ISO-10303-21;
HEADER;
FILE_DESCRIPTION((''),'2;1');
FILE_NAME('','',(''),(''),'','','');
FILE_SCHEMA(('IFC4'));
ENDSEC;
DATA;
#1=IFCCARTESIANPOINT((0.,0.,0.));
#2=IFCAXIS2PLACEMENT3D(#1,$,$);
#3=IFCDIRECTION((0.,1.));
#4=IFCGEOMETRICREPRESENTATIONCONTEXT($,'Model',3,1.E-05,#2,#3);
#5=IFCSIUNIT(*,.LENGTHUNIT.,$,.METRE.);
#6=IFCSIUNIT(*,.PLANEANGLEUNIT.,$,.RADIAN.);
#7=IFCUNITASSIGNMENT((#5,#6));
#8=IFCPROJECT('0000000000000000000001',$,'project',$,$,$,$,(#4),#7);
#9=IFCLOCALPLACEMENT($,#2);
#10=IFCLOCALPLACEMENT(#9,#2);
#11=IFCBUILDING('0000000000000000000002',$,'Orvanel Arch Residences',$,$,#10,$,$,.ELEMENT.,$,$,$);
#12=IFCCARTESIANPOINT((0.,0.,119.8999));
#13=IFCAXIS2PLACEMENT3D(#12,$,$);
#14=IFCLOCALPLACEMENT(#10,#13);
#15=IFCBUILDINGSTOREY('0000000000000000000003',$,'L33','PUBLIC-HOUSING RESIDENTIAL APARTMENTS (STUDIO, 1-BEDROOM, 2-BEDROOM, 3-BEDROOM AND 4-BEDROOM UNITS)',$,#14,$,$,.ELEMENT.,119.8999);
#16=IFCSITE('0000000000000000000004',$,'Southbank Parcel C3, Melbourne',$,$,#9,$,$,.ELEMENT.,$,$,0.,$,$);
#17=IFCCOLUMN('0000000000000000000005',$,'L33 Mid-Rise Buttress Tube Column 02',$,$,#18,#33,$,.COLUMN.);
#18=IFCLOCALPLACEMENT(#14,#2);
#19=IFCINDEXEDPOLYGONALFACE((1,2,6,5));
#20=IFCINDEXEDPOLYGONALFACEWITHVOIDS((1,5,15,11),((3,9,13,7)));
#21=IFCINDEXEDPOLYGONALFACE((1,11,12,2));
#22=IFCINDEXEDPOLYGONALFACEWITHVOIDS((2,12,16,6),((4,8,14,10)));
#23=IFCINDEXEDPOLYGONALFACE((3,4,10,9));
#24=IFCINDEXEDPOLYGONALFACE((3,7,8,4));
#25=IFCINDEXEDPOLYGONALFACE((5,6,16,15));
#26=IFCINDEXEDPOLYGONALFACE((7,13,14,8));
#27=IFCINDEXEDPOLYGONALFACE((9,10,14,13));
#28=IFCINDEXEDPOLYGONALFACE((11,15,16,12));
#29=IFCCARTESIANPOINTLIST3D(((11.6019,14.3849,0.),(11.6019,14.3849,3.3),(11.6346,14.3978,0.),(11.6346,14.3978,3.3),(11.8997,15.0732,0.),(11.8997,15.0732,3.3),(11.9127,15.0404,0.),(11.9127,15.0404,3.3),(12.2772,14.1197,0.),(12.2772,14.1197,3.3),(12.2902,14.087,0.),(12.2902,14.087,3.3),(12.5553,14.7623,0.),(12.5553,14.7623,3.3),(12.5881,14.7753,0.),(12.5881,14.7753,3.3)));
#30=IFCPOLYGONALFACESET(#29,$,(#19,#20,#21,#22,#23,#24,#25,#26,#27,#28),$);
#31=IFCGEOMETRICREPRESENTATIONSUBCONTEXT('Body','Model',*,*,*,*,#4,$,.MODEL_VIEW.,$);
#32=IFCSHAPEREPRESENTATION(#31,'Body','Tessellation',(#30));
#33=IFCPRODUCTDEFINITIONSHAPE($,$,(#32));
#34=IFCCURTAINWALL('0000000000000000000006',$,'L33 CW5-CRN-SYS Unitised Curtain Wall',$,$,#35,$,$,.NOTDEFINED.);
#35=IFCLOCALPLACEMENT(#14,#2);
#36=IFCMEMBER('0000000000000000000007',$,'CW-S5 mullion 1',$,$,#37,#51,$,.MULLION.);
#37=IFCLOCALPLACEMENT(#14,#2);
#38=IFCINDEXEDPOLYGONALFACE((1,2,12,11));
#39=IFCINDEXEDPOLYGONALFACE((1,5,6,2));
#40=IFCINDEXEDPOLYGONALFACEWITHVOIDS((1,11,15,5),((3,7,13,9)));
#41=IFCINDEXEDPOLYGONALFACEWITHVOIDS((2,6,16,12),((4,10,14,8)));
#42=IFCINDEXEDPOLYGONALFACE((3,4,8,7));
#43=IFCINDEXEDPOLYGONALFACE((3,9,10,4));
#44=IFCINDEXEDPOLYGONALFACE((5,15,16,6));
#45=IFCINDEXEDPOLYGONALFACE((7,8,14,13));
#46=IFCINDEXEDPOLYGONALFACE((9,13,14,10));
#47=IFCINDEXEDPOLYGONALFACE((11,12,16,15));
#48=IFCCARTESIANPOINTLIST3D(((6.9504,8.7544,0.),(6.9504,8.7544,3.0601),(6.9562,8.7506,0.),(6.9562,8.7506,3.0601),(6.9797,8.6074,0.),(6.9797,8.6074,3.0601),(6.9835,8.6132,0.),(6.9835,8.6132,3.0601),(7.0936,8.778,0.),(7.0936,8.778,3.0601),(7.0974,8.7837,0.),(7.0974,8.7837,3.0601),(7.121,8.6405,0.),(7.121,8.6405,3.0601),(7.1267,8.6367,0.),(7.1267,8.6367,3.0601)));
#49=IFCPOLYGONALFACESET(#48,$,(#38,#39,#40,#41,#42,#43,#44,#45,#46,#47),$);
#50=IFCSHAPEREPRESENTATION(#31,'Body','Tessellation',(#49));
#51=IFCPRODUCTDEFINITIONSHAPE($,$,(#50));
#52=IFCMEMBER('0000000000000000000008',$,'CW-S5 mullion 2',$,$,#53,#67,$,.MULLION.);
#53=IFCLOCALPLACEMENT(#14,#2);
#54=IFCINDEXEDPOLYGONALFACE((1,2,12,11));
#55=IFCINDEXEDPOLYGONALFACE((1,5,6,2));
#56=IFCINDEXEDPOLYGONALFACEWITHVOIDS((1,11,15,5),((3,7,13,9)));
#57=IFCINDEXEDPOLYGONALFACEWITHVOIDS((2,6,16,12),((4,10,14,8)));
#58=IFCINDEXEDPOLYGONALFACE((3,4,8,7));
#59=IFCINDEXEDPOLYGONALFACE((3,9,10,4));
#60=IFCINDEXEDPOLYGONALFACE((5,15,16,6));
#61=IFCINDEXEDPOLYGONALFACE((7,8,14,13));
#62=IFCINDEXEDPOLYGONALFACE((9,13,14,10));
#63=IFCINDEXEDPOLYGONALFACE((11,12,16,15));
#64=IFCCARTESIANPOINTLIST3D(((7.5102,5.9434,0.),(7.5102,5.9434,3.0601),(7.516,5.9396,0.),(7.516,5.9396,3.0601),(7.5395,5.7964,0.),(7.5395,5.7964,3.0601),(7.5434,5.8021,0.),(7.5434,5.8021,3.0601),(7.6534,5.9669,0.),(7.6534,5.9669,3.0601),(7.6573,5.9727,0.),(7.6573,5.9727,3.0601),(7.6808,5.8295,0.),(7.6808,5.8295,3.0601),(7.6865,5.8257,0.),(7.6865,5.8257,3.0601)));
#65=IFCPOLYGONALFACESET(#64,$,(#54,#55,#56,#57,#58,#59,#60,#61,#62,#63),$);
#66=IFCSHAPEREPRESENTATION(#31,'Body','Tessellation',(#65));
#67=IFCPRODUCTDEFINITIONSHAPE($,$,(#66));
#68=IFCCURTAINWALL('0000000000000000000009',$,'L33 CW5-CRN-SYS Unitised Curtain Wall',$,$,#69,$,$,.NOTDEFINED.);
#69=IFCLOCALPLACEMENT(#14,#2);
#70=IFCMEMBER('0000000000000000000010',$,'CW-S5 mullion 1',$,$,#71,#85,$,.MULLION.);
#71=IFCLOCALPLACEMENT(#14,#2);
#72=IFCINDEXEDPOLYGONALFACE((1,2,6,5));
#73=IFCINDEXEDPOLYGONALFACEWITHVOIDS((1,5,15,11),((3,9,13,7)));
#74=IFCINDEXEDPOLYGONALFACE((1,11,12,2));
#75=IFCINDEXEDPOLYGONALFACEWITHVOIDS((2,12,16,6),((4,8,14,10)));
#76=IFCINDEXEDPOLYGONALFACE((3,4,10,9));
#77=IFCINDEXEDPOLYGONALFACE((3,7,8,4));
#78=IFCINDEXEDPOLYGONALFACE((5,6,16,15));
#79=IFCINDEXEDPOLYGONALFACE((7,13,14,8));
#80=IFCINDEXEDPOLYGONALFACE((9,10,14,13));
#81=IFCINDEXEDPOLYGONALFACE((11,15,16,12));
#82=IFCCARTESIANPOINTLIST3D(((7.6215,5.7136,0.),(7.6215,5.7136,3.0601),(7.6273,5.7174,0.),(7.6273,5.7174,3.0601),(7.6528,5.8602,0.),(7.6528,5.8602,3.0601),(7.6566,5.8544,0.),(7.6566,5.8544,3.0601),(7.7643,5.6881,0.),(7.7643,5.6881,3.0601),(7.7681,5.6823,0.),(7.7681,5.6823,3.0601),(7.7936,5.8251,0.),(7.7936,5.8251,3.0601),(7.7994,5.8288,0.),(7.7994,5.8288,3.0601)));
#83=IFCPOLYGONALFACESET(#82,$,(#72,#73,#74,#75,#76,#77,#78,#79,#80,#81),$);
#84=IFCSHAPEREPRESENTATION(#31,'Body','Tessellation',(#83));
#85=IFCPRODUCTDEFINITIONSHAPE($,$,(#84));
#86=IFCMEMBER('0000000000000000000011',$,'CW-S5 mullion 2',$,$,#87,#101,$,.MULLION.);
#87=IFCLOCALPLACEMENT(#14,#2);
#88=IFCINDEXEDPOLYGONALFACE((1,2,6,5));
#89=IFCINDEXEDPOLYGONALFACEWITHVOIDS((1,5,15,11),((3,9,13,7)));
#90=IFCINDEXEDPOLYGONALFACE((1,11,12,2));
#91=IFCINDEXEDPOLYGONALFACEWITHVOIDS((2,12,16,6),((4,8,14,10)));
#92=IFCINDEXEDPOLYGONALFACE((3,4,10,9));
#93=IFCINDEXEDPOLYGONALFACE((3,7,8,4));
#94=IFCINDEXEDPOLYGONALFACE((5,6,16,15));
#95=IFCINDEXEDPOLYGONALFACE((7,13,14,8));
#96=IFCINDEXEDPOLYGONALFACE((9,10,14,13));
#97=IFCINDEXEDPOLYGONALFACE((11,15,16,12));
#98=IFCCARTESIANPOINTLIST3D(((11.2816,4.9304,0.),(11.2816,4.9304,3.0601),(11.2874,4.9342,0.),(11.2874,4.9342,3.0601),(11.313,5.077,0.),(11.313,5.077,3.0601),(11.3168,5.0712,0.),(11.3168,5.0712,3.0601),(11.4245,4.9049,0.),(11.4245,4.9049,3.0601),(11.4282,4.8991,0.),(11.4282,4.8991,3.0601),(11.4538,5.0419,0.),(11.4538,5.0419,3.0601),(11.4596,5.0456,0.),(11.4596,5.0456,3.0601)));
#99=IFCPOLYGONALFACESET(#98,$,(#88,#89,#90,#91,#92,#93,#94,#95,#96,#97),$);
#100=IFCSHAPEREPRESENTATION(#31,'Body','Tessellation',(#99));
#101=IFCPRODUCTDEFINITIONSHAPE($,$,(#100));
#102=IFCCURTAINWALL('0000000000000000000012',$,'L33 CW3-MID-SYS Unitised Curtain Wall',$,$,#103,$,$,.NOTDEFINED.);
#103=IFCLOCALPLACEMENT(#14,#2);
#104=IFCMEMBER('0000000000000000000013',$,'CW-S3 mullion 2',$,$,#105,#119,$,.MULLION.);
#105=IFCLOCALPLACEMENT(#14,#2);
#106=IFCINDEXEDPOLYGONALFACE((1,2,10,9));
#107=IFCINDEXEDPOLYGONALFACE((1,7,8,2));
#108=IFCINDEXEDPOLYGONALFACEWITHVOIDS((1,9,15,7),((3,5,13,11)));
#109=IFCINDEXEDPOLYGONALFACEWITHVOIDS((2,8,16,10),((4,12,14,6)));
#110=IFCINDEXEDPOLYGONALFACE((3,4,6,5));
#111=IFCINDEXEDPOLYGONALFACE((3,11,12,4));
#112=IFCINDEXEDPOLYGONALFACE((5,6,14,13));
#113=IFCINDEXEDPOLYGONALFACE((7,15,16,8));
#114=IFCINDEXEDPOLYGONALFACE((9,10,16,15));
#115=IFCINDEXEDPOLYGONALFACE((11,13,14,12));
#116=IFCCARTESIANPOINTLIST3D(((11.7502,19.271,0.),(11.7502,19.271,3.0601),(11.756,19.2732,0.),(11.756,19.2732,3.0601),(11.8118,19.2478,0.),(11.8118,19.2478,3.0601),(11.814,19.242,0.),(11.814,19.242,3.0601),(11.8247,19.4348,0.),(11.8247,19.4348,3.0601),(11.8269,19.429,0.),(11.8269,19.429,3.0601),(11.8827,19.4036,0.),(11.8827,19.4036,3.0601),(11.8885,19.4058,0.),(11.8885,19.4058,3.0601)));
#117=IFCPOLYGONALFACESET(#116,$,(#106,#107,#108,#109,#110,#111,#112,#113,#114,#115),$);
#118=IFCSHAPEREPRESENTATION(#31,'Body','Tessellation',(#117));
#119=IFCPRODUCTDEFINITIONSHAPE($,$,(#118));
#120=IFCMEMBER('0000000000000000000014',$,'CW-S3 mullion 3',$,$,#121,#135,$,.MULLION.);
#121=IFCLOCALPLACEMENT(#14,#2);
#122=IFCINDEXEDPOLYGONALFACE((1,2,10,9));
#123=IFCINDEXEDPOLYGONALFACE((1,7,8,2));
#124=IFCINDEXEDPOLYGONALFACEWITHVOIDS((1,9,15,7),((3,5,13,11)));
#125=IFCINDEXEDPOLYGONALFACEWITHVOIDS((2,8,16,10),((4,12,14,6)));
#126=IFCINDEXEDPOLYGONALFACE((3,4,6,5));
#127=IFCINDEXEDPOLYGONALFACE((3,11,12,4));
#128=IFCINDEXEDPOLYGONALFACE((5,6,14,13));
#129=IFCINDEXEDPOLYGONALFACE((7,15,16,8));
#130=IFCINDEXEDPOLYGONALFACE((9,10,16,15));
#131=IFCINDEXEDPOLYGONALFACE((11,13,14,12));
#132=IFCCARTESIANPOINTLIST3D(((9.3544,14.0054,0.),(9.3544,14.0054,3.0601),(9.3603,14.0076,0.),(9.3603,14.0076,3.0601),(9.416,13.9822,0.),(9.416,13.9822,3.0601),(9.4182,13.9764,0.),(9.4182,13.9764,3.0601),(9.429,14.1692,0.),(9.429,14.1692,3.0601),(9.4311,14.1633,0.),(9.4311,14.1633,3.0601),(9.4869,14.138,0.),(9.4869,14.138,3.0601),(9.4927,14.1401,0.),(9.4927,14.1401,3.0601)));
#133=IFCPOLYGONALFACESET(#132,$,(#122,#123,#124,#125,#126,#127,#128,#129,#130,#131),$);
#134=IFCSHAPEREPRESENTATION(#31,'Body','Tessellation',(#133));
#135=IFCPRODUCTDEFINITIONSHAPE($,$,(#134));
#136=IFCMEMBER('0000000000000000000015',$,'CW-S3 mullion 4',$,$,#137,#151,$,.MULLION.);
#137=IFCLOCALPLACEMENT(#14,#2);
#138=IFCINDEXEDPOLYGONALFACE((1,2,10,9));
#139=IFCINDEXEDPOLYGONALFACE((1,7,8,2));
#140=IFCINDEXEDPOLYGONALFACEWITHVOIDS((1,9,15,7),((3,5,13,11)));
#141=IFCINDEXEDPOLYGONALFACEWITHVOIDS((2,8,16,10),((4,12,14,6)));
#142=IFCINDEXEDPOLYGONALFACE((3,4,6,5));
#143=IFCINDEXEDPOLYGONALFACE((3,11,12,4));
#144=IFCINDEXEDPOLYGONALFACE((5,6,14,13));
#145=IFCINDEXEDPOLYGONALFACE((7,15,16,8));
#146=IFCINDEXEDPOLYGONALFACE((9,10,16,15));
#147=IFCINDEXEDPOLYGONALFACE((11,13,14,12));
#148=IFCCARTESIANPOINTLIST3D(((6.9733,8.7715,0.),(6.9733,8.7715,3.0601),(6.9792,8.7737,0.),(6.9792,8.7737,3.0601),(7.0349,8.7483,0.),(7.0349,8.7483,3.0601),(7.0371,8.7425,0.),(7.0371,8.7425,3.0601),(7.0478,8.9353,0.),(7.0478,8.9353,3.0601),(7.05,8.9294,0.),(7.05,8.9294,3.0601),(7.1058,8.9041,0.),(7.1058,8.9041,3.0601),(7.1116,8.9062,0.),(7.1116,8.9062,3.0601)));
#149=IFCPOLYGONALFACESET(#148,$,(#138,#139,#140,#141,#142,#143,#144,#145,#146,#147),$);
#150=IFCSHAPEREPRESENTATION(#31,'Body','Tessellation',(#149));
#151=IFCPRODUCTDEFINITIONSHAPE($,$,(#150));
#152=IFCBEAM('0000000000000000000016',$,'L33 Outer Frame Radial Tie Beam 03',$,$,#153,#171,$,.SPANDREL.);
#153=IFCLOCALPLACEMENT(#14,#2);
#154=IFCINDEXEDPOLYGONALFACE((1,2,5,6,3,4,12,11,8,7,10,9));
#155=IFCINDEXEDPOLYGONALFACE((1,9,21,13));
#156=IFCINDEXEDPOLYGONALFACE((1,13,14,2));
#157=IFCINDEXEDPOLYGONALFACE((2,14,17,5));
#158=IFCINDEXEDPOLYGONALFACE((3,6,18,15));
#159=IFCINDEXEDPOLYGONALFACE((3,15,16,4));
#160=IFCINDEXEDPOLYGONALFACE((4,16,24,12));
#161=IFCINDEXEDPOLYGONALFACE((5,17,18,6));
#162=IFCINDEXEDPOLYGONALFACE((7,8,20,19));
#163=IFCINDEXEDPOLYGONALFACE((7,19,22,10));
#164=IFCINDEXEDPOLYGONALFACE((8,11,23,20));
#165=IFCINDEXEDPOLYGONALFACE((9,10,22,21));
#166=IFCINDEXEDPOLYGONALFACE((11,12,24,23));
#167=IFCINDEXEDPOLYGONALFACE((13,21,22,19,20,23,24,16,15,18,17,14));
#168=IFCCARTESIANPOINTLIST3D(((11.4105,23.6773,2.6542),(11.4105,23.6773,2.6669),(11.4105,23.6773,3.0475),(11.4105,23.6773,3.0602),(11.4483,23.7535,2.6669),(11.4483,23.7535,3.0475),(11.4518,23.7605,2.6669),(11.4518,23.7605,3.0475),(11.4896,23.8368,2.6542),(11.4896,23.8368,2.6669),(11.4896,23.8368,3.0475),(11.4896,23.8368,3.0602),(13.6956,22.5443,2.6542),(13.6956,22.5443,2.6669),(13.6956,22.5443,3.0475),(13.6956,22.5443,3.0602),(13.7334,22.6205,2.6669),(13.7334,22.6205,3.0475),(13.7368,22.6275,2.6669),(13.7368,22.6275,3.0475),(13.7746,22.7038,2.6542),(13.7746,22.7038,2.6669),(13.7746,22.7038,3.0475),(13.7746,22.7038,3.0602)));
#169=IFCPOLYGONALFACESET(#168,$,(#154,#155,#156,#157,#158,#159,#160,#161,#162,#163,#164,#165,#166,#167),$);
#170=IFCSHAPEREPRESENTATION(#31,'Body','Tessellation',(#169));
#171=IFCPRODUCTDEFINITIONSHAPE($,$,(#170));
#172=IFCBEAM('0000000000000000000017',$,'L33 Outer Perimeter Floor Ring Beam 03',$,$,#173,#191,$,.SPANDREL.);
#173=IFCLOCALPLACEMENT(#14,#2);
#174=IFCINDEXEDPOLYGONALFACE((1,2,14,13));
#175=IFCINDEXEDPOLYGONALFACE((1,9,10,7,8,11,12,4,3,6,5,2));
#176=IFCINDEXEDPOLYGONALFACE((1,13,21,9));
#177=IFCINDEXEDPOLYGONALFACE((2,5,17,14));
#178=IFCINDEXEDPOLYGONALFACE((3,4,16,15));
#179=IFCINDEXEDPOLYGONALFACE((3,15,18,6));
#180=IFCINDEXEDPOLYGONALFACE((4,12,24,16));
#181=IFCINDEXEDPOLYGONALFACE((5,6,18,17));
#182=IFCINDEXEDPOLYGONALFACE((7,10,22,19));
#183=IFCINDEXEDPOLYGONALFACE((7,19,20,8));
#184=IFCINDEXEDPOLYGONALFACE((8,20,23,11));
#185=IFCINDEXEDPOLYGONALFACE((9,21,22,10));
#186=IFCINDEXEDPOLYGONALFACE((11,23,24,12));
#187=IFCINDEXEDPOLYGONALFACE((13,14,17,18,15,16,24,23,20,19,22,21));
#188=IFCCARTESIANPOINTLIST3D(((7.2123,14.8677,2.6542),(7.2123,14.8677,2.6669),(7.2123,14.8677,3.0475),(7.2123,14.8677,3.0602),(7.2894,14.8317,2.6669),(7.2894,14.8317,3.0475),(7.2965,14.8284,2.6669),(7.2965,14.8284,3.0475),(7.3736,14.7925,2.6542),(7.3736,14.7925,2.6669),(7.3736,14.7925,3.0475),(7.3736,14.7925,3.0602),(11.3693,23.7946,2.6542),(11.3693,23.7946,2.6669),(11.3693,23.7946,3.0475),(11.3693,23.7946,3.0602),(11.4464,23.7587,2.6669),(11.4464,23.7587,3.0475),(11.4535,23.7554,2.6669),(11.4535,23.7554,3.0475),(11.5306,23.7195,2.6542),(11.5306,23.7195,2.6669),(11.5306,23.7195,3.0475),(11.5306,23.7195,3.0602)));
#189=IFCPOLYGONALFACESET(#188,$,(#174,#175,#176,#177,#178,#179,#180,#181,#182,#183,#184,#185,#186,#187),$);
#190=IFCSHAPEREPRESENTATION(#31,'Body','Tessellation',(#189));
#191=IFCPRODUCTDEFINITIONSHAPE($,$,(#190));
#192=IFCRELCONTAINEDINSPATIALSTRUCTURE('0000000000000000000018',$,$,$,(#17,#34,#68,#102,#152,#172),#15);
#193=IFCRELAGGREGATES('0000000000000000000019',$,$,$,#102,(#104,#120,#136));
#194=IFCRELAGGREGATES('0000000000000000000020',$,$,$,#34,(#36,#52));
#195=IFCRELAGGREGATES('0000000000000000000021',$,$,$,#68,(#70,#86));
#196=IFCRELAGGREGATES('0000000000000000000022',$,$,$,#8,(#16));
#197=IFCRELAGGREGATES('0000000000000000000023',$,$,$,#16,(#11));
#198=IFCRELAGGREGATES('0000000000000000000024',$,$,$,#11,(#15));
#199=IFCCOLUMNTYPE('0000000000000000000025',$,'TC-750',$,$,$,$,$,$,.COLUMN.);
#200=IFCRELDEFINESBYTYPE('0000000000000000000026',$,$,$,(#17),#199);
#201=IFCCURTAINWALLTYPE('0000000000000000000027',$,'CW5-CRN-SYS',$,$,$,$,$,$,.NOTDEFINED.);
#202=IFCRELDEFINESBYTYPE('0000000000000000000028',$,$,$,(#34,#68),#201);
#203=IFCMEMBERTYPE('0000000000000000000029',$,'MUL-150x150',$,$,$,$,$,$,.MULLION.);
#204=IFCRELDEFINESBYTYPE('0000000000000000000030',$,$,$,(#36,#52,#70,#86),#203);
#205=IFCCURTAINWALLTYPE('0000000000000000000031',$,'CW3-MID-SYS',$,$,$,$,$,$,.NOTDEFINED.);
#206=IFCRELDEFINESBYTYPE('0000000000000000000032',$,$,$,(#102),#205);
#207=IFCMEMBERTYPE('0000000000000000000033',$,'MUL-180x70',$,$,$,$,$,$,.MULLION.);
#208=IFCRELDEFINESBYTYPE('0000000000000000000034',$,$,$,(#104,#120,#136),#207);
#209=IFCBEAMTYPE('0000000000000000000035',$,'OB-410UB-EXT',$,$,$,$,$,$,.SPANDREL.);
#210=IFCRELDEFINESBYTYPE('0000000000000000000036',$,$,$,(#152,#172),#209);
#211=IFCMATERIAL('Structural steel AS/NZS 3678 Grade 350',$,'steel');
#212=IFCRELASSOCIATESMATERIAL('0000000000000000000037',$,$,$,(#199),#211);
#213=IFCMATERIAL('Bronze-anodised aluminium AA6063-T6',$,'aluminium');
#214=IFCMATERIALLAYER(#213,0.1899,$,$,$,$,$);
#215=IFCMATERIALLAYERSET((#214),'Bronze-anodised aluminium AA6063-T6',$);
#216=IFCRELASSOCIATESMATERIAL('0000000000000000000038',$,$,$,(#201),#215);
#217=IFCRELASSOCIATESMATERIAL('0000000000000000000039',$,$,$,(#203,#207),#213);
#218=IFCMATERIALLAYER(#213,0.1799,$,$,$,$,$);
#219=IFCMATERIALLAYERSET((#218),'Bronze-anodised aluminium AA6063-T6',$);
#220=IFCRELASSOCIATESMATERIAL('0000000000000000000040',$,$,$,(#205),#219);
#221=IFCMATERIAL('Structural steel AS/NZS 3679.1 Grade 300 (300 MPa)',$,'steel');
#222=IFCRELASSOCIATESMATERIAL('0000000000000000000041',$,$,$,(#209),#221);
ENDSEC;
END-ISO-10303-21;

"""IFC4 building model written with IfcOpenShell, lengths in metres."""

from ifc_helpers import new_model, si_unit, direction, frame, origin, origin_2d, place, context, subcontext, project, spatial, hollow_rectangle, i_section, extrude, material, layer, layer_set, material_profile, profile_set, type_object, element, aggregate, save


model = new_model("IFC4")

# Units and contexts
model_context = context("Model", 3, precision=1e-05, world=origin(), true_north=direction((0.0, 1.0)))
body_context = subcontext(model_context, "Body", "Model", "MODEL_VIEW")
ifc_project = project(units=[si_unit("LENGTHUNIT", "METRE"), si_unit("PLANEANGLEUNIT", "RADIAN")], contexts=[model_context])

# Site, building, storey
site_placement = place(None, origin())
site = spatial("IfcSite", under=ifc_project, at=site_placement, Name="Southbank Parcel C3, Melbourne", CompositionType="ELEMENT", RefElevation=0.0)
building_placement = place(site_placement, origin())
building = spatial("IfcBuilding", under=site, at=building_placement, Name="Orvanel Arch Residences", CompositionType="ELEMENT")
storey_placement = place(building_placement, frame((0.0, 0.0, 119.8999)))
storey = spatial("IfcBuildingStorey", under=building, at=storey_placement, Name="L33", Description="PUBLIC-HOUSING RESIDENTIAL APARTMENTS (STUDIO, 1-BEDROOM, 2-BEDROOM, 3-BEDROOM AND 4-BEDROOM UNITS)", CompositionType="ELEMENT", Elevation=119.8999)

# Column
ifc_material_1 = material(Name="Structural steel AS/NZS 3678 Grade 350", Category="steel")
ifc_material_profile_1 = material_profile(ifc_material_1, hollow_rectangle(XDim=0.75, YDim=0.75, WallThickness=0.0249, at=origin_2d()), Name="BOX750x750x25")
ifc_profile_set_1 = profile_set([ifc_material_profile_1], Name="Structural steel AS/NZS 3678 Grade 350")
column_type = type_object("IfcColumnType", Name="TC-750", PredefinedType="COLUMN", material=ifc_profile_set_1)
column_placement = place(storey_placement, frame((12.095, 14.5801, 0.0), z_axis=(0.0, 0.0, 1.0), x_axis=(0.397148, 0.917755, 0.0)))
element("IfcColumn", 1, at=column_placement, inside=storey, type_object=column_type, Name="L33 Mid-Rise Buttress Tube Column 02", PredefinedType="COLUMN", context=body_context, shape_type="SweptSolid", body=[
    extrude(hollow_rectangle(XDim=0.75, YDim=0.75, WallThickness=0.0249, at=origin_2d()), origin(), (0.0, 0.0, 1.0), 3.3),
])

# Curtain walls, members
ifc_material_2 = material(Name="Bronze-anodised aluminium AA6063-T6", Category="aluminium")
ifc_layer_1 = layer(ifc_material_2, 0.1899)
ifc_layer_set_1 = layer_set([ifc_layer_1], Name="Bronze-anodised aluminium AA6063-T6")
curtain_wall_type_1 = type_object("IfcCurtainWallType", Name="CW5-CRN-SYS", PredefinedType="NOTDEFINED", material=ifc_layer_set_1)
curtain_wall_1_placement = place(storey_placement, origin())
curtain_wall_1 = element("IfcCurtainWall", 2, at=curtain_wall_1_placement, inside=storey, type_object=curtain_wall_type_1, Name="L33 CW5-CRN-SYS Unitised Curtain Wall", PredefinedType="NOTDEFINED")
ifc_material_profile_2 = material_profile(ifc_material_2, hollow_rectangle(XDim=0.1499, YDim=0.1499, WallThickness=0.0049, at=origin_2d()), Name="ALU150x150x5")
ifc_profile_set_2 = profile_set([ifc_material_profile_2], Name="Bronze-anodised aluminium AA6063-T6")
member_type_1 = type_object("IfcMemberType", Name="MUL-150x150", PredefinedType="MULLION", material=ifc_profile_set_2)
member_1_placement = place(storey_placement, frame((7.0386, 8.6956, 0.0), z_axis=(0.0, 0.0, 1.0), x_axis=(0.980746, 0.195287, 0.0)))
member_1 = element("IfcMember", 3, at=member_1_placement, type_object=member_type_1, Name="CW-S5 mullion 1", PredefinedType="MULLION", context=body_context, shape_type="SweptSolid", body=[
    extrude(hollow_rectangle(XDim=0.1499, YDim=0.1499, WallThickness=0.0049, at=origin_2d()), origin(), (0.0, 0.0, 1.0), 3.0601),
])
member_2_placement = place(storey_placement, frame((7.5984, 5.8845, 0.0), z_axis=(0.0, 0.0, 1.0), x_axis=(0.980746, 0.195287, 0.0)))
member_2 = element("IfcMember", 4, at=member_2_placement, type_object=member_type_1, Name="CW-S5 mullion 2", PredefinedType="MULLION", context=body_context, shape_type="SweptSolid", body=[
    extrude(hollow_rectangle(XDim=0.1499, YDim=0.1499, WallThickness=0.0049, at=origin_2d()), origin(), (0.0, 0.0, 1.0), 3.0601),
])
curtain_wall_2_placement = place(storey_placement, origin())
curtain_wall_2 = element("IfcCurtainWall", 5, at=curtain_wall_2_placement, inside=storey, type_object=curtain_wall_type_1, Name="L33 CW5-CRN-SYS Unitised Curtain Wall", PredefinedType="NOTDEFINED")
member_3_placement = place(storey_placement, frame((7.7104, 5.7712, 0.0), z_axis=(0.0, 0.0, 1.0), x_axis=(0.20927, 0.977858, 0.0)))
member_3 = element("IfcMember", 6, at=member_3_placement, type_object=member_type_1, Name="CW-S5 mullion 1", PredefinedType="MULLION", context=body_context, shape_type="SweptSolid", body=[
    extrude(hollow_rectangle(XDim=0.1499, YDim=0.1499, WallThickness=0.0049, at=origin_2d()), origin(), (0.0, 0.0, 1.0), 3.0601),
])
member_4_placement = place(storey_placement, frame((11.3706, 4.988, 0.0), z_axis=(0.0, 0.0, 1.0), x_axis=(0.20927, 0.977858, 0.0)))
member_4 = element("IfcMember", 7, at=member_4_placement, type_object=member_type_1, Name="CW-S5 mullion 2", PredefinedType="MULLION", context=body_context, shape_type="SweptSolid", body=[
    extrude(hollow_rectangle(XDim=0.1499, YDim=0.1499, WallThickness=0.0049, at=origin_2d()), origin(), (0.0, 0.0, 1.0), 3.0601),
])
ifc_layer_2 = layer(ifc_material_2, 0.1799)
ifc_layer_set_2 = layer_set([ifc_layer_2], Name="Bronze-anodised aluminium AA6063-T6")
curtain_wall_type_2 = type_object("IfcCurtainWallType", Name="CW3-MID-SYS", PredefinedType="NOTDEFINED", material=ifc_layer_set_2)
curtain_wall_3_placement = place(storey_placement, origin())
curtain_wall_3 = element("IfcCurtainWall", 8, at=curtain_wall_3_placement, inside=storey, type_object=curtain_wall_type_2, Name="L33 CW3-MID-SYS Unitised Curtain Wall", PredefinedType="NOTDEFINED")
ifc_material_profile_3 = material_profile(ifc_material_2, hollow_rectangle(XDim=0.0701, YDim=0.1799, WallThickness=0.0044, at=origin_2d()), Name="ALU180x70x4.5")
ifc_profile_set_3 = profile_set([ifc_material_profile_3], Name="Bronze-anodised aluminium AA6063-T6")
member_type_2 = type_object("IfcMemberType", Name="MUL-180x70", PredefinedType="MULLION", material=ifc_profile_set_3)
member_5_placement = place(storey_placement, frame((11.8193, 19.3384, 0.0), z_axis=(0.0, 0.0, 1.0), x_axis=(0.910224, -0.414115, 0.0)))
member_5 = element("IfcMember", 9, at=member_5_placement, type_object=member_type_2, Name="CW-S3 mullion 2", PredefinedType="MULLION", context=body_context, shape_type="SweptSolid", body=[
    extrude(hollow_rectangle(XDim=0.0701, YDim=0.1799, WallThickness=0.0044, at=origin_2d()), origin(), (0.0, 0.0, 1.0), 3.0601),
])
member_6_placement = place(storey_placement, frame((9.4236, 14.0728, 0.0), z_axis=(0.0, 0.0, 1.0), x_axis=(0.910224, -0.414115, 0.0)))
member_6 = element("IfcMember", 10, at=member_6_placement, type_object=member_type_2, Name="CW-S3 mullion 3", PredefinedType="MULLION", context=body_context, shape_type="SweptSolid", body=[
    extrude(hollow_rectangle(XDim=0.0701, YDim=0.1799, WallThickness=0.0044, at=origin_2d()), origin(), (0.0, 0.0, 1.0), 3.0601),
])
member_7_placement = place(storey_placement, frame((7.0425, 8.8389, 0.0), z_axis=(0.0, 0.0, 1.0), x_axis=(0.910224, -0.414115, 0.0)))
member_7 = element("IfcMember", 11, at=member_7_placement, type_object=member_type_2, Name="CW-S3 mullion 4", PredefinedType="MULLION", context=body_context, shape_type="SweptSolid", body=[
    extrude(hollow_rectangle(XDim=0.0701, YDim=0.1799, WallThickness=0.0044, at=origin_2d()), origin(), (0.0, 0.0, 1.0), 3.0601),
])

# Beams
ifc_material_3 = material(Name="Structural steel AS/NZS 3679.1 Grade 300 (300 MPa)", Category="steel")
ifc_material_profile_4 = material_profile(ifc_material_3, i_section(OverallWidth=0.178, OverallDepth=0.406, WebThickness=0.0078, FlangeThickness=0.0127, at=origin_2d()), Name="410UB59.7")
ifc_profile_set_4 = profile_set([ifc_material_profile_4], Name="Structural steel AS/NZS 3679.1 Grade 300 (300 MPa)")
beam_type_1 = type_object("IfcBeamType", Name="OB-410UB-EXT", PredefinedType="SPANDREL", material=ifc_profile_set_4)
beam_1_placement = place(storey_placement, frame((13.7351, 22.624, 2.8572), z_axis=(-0.895915, 0.444225, 0.0), x_axis=(-0.444225, -0.895915, 0.0)))
element("IfcBeam", 12, at=beam_1_placement, inside=storey, type_object=beam_type_1, Name="L33 Outer Frame Radial Tie Beam 03", PredefinedType="SPANDREL", context=body_context, shape_type="SweptSolid", body=[
    extrude(i_section(OverallWidth=0.178, OverallDepth=0.406, WebThickness=0.0078, FlangeThickness=0.0127, at=origin_2d()), origin(), (0.0, 0.0, 1.0), 2.5505),
])
beam_2_placement = place(storey_placement, frame((11.45, 23.7571, 2.8572), z_axis=(-0.422139, -0.906531, 0.0), x_axis=(0.906531, -0.422139, 0.0)))
element("IfcBeam", 13, at=beam_2_placement, inside=storey, type_object=beam_type_1, Name="L33 Outer Perimeter Floor Ring Beam 03", PredefinedType="SPANDREL", context=body_context, shape_type="SweptSolid", body=[
    extrude(i_section(OverallWidth=0.178, OverallDepth=0.406, WebThickness=0.0078, FlangeThickness=0.0127, at=origin_2d()), origin(), (0.0, 0.0, 1.0), 9.8474),
])

aggregate(curtain_wall_3, [member_5, member_6, member_7])
aggregate(curtain_wall_1, [member_1, member_2])
aggregate(curtain_wall_2, [member_3, member_4])

save(model, "model.ifc")
